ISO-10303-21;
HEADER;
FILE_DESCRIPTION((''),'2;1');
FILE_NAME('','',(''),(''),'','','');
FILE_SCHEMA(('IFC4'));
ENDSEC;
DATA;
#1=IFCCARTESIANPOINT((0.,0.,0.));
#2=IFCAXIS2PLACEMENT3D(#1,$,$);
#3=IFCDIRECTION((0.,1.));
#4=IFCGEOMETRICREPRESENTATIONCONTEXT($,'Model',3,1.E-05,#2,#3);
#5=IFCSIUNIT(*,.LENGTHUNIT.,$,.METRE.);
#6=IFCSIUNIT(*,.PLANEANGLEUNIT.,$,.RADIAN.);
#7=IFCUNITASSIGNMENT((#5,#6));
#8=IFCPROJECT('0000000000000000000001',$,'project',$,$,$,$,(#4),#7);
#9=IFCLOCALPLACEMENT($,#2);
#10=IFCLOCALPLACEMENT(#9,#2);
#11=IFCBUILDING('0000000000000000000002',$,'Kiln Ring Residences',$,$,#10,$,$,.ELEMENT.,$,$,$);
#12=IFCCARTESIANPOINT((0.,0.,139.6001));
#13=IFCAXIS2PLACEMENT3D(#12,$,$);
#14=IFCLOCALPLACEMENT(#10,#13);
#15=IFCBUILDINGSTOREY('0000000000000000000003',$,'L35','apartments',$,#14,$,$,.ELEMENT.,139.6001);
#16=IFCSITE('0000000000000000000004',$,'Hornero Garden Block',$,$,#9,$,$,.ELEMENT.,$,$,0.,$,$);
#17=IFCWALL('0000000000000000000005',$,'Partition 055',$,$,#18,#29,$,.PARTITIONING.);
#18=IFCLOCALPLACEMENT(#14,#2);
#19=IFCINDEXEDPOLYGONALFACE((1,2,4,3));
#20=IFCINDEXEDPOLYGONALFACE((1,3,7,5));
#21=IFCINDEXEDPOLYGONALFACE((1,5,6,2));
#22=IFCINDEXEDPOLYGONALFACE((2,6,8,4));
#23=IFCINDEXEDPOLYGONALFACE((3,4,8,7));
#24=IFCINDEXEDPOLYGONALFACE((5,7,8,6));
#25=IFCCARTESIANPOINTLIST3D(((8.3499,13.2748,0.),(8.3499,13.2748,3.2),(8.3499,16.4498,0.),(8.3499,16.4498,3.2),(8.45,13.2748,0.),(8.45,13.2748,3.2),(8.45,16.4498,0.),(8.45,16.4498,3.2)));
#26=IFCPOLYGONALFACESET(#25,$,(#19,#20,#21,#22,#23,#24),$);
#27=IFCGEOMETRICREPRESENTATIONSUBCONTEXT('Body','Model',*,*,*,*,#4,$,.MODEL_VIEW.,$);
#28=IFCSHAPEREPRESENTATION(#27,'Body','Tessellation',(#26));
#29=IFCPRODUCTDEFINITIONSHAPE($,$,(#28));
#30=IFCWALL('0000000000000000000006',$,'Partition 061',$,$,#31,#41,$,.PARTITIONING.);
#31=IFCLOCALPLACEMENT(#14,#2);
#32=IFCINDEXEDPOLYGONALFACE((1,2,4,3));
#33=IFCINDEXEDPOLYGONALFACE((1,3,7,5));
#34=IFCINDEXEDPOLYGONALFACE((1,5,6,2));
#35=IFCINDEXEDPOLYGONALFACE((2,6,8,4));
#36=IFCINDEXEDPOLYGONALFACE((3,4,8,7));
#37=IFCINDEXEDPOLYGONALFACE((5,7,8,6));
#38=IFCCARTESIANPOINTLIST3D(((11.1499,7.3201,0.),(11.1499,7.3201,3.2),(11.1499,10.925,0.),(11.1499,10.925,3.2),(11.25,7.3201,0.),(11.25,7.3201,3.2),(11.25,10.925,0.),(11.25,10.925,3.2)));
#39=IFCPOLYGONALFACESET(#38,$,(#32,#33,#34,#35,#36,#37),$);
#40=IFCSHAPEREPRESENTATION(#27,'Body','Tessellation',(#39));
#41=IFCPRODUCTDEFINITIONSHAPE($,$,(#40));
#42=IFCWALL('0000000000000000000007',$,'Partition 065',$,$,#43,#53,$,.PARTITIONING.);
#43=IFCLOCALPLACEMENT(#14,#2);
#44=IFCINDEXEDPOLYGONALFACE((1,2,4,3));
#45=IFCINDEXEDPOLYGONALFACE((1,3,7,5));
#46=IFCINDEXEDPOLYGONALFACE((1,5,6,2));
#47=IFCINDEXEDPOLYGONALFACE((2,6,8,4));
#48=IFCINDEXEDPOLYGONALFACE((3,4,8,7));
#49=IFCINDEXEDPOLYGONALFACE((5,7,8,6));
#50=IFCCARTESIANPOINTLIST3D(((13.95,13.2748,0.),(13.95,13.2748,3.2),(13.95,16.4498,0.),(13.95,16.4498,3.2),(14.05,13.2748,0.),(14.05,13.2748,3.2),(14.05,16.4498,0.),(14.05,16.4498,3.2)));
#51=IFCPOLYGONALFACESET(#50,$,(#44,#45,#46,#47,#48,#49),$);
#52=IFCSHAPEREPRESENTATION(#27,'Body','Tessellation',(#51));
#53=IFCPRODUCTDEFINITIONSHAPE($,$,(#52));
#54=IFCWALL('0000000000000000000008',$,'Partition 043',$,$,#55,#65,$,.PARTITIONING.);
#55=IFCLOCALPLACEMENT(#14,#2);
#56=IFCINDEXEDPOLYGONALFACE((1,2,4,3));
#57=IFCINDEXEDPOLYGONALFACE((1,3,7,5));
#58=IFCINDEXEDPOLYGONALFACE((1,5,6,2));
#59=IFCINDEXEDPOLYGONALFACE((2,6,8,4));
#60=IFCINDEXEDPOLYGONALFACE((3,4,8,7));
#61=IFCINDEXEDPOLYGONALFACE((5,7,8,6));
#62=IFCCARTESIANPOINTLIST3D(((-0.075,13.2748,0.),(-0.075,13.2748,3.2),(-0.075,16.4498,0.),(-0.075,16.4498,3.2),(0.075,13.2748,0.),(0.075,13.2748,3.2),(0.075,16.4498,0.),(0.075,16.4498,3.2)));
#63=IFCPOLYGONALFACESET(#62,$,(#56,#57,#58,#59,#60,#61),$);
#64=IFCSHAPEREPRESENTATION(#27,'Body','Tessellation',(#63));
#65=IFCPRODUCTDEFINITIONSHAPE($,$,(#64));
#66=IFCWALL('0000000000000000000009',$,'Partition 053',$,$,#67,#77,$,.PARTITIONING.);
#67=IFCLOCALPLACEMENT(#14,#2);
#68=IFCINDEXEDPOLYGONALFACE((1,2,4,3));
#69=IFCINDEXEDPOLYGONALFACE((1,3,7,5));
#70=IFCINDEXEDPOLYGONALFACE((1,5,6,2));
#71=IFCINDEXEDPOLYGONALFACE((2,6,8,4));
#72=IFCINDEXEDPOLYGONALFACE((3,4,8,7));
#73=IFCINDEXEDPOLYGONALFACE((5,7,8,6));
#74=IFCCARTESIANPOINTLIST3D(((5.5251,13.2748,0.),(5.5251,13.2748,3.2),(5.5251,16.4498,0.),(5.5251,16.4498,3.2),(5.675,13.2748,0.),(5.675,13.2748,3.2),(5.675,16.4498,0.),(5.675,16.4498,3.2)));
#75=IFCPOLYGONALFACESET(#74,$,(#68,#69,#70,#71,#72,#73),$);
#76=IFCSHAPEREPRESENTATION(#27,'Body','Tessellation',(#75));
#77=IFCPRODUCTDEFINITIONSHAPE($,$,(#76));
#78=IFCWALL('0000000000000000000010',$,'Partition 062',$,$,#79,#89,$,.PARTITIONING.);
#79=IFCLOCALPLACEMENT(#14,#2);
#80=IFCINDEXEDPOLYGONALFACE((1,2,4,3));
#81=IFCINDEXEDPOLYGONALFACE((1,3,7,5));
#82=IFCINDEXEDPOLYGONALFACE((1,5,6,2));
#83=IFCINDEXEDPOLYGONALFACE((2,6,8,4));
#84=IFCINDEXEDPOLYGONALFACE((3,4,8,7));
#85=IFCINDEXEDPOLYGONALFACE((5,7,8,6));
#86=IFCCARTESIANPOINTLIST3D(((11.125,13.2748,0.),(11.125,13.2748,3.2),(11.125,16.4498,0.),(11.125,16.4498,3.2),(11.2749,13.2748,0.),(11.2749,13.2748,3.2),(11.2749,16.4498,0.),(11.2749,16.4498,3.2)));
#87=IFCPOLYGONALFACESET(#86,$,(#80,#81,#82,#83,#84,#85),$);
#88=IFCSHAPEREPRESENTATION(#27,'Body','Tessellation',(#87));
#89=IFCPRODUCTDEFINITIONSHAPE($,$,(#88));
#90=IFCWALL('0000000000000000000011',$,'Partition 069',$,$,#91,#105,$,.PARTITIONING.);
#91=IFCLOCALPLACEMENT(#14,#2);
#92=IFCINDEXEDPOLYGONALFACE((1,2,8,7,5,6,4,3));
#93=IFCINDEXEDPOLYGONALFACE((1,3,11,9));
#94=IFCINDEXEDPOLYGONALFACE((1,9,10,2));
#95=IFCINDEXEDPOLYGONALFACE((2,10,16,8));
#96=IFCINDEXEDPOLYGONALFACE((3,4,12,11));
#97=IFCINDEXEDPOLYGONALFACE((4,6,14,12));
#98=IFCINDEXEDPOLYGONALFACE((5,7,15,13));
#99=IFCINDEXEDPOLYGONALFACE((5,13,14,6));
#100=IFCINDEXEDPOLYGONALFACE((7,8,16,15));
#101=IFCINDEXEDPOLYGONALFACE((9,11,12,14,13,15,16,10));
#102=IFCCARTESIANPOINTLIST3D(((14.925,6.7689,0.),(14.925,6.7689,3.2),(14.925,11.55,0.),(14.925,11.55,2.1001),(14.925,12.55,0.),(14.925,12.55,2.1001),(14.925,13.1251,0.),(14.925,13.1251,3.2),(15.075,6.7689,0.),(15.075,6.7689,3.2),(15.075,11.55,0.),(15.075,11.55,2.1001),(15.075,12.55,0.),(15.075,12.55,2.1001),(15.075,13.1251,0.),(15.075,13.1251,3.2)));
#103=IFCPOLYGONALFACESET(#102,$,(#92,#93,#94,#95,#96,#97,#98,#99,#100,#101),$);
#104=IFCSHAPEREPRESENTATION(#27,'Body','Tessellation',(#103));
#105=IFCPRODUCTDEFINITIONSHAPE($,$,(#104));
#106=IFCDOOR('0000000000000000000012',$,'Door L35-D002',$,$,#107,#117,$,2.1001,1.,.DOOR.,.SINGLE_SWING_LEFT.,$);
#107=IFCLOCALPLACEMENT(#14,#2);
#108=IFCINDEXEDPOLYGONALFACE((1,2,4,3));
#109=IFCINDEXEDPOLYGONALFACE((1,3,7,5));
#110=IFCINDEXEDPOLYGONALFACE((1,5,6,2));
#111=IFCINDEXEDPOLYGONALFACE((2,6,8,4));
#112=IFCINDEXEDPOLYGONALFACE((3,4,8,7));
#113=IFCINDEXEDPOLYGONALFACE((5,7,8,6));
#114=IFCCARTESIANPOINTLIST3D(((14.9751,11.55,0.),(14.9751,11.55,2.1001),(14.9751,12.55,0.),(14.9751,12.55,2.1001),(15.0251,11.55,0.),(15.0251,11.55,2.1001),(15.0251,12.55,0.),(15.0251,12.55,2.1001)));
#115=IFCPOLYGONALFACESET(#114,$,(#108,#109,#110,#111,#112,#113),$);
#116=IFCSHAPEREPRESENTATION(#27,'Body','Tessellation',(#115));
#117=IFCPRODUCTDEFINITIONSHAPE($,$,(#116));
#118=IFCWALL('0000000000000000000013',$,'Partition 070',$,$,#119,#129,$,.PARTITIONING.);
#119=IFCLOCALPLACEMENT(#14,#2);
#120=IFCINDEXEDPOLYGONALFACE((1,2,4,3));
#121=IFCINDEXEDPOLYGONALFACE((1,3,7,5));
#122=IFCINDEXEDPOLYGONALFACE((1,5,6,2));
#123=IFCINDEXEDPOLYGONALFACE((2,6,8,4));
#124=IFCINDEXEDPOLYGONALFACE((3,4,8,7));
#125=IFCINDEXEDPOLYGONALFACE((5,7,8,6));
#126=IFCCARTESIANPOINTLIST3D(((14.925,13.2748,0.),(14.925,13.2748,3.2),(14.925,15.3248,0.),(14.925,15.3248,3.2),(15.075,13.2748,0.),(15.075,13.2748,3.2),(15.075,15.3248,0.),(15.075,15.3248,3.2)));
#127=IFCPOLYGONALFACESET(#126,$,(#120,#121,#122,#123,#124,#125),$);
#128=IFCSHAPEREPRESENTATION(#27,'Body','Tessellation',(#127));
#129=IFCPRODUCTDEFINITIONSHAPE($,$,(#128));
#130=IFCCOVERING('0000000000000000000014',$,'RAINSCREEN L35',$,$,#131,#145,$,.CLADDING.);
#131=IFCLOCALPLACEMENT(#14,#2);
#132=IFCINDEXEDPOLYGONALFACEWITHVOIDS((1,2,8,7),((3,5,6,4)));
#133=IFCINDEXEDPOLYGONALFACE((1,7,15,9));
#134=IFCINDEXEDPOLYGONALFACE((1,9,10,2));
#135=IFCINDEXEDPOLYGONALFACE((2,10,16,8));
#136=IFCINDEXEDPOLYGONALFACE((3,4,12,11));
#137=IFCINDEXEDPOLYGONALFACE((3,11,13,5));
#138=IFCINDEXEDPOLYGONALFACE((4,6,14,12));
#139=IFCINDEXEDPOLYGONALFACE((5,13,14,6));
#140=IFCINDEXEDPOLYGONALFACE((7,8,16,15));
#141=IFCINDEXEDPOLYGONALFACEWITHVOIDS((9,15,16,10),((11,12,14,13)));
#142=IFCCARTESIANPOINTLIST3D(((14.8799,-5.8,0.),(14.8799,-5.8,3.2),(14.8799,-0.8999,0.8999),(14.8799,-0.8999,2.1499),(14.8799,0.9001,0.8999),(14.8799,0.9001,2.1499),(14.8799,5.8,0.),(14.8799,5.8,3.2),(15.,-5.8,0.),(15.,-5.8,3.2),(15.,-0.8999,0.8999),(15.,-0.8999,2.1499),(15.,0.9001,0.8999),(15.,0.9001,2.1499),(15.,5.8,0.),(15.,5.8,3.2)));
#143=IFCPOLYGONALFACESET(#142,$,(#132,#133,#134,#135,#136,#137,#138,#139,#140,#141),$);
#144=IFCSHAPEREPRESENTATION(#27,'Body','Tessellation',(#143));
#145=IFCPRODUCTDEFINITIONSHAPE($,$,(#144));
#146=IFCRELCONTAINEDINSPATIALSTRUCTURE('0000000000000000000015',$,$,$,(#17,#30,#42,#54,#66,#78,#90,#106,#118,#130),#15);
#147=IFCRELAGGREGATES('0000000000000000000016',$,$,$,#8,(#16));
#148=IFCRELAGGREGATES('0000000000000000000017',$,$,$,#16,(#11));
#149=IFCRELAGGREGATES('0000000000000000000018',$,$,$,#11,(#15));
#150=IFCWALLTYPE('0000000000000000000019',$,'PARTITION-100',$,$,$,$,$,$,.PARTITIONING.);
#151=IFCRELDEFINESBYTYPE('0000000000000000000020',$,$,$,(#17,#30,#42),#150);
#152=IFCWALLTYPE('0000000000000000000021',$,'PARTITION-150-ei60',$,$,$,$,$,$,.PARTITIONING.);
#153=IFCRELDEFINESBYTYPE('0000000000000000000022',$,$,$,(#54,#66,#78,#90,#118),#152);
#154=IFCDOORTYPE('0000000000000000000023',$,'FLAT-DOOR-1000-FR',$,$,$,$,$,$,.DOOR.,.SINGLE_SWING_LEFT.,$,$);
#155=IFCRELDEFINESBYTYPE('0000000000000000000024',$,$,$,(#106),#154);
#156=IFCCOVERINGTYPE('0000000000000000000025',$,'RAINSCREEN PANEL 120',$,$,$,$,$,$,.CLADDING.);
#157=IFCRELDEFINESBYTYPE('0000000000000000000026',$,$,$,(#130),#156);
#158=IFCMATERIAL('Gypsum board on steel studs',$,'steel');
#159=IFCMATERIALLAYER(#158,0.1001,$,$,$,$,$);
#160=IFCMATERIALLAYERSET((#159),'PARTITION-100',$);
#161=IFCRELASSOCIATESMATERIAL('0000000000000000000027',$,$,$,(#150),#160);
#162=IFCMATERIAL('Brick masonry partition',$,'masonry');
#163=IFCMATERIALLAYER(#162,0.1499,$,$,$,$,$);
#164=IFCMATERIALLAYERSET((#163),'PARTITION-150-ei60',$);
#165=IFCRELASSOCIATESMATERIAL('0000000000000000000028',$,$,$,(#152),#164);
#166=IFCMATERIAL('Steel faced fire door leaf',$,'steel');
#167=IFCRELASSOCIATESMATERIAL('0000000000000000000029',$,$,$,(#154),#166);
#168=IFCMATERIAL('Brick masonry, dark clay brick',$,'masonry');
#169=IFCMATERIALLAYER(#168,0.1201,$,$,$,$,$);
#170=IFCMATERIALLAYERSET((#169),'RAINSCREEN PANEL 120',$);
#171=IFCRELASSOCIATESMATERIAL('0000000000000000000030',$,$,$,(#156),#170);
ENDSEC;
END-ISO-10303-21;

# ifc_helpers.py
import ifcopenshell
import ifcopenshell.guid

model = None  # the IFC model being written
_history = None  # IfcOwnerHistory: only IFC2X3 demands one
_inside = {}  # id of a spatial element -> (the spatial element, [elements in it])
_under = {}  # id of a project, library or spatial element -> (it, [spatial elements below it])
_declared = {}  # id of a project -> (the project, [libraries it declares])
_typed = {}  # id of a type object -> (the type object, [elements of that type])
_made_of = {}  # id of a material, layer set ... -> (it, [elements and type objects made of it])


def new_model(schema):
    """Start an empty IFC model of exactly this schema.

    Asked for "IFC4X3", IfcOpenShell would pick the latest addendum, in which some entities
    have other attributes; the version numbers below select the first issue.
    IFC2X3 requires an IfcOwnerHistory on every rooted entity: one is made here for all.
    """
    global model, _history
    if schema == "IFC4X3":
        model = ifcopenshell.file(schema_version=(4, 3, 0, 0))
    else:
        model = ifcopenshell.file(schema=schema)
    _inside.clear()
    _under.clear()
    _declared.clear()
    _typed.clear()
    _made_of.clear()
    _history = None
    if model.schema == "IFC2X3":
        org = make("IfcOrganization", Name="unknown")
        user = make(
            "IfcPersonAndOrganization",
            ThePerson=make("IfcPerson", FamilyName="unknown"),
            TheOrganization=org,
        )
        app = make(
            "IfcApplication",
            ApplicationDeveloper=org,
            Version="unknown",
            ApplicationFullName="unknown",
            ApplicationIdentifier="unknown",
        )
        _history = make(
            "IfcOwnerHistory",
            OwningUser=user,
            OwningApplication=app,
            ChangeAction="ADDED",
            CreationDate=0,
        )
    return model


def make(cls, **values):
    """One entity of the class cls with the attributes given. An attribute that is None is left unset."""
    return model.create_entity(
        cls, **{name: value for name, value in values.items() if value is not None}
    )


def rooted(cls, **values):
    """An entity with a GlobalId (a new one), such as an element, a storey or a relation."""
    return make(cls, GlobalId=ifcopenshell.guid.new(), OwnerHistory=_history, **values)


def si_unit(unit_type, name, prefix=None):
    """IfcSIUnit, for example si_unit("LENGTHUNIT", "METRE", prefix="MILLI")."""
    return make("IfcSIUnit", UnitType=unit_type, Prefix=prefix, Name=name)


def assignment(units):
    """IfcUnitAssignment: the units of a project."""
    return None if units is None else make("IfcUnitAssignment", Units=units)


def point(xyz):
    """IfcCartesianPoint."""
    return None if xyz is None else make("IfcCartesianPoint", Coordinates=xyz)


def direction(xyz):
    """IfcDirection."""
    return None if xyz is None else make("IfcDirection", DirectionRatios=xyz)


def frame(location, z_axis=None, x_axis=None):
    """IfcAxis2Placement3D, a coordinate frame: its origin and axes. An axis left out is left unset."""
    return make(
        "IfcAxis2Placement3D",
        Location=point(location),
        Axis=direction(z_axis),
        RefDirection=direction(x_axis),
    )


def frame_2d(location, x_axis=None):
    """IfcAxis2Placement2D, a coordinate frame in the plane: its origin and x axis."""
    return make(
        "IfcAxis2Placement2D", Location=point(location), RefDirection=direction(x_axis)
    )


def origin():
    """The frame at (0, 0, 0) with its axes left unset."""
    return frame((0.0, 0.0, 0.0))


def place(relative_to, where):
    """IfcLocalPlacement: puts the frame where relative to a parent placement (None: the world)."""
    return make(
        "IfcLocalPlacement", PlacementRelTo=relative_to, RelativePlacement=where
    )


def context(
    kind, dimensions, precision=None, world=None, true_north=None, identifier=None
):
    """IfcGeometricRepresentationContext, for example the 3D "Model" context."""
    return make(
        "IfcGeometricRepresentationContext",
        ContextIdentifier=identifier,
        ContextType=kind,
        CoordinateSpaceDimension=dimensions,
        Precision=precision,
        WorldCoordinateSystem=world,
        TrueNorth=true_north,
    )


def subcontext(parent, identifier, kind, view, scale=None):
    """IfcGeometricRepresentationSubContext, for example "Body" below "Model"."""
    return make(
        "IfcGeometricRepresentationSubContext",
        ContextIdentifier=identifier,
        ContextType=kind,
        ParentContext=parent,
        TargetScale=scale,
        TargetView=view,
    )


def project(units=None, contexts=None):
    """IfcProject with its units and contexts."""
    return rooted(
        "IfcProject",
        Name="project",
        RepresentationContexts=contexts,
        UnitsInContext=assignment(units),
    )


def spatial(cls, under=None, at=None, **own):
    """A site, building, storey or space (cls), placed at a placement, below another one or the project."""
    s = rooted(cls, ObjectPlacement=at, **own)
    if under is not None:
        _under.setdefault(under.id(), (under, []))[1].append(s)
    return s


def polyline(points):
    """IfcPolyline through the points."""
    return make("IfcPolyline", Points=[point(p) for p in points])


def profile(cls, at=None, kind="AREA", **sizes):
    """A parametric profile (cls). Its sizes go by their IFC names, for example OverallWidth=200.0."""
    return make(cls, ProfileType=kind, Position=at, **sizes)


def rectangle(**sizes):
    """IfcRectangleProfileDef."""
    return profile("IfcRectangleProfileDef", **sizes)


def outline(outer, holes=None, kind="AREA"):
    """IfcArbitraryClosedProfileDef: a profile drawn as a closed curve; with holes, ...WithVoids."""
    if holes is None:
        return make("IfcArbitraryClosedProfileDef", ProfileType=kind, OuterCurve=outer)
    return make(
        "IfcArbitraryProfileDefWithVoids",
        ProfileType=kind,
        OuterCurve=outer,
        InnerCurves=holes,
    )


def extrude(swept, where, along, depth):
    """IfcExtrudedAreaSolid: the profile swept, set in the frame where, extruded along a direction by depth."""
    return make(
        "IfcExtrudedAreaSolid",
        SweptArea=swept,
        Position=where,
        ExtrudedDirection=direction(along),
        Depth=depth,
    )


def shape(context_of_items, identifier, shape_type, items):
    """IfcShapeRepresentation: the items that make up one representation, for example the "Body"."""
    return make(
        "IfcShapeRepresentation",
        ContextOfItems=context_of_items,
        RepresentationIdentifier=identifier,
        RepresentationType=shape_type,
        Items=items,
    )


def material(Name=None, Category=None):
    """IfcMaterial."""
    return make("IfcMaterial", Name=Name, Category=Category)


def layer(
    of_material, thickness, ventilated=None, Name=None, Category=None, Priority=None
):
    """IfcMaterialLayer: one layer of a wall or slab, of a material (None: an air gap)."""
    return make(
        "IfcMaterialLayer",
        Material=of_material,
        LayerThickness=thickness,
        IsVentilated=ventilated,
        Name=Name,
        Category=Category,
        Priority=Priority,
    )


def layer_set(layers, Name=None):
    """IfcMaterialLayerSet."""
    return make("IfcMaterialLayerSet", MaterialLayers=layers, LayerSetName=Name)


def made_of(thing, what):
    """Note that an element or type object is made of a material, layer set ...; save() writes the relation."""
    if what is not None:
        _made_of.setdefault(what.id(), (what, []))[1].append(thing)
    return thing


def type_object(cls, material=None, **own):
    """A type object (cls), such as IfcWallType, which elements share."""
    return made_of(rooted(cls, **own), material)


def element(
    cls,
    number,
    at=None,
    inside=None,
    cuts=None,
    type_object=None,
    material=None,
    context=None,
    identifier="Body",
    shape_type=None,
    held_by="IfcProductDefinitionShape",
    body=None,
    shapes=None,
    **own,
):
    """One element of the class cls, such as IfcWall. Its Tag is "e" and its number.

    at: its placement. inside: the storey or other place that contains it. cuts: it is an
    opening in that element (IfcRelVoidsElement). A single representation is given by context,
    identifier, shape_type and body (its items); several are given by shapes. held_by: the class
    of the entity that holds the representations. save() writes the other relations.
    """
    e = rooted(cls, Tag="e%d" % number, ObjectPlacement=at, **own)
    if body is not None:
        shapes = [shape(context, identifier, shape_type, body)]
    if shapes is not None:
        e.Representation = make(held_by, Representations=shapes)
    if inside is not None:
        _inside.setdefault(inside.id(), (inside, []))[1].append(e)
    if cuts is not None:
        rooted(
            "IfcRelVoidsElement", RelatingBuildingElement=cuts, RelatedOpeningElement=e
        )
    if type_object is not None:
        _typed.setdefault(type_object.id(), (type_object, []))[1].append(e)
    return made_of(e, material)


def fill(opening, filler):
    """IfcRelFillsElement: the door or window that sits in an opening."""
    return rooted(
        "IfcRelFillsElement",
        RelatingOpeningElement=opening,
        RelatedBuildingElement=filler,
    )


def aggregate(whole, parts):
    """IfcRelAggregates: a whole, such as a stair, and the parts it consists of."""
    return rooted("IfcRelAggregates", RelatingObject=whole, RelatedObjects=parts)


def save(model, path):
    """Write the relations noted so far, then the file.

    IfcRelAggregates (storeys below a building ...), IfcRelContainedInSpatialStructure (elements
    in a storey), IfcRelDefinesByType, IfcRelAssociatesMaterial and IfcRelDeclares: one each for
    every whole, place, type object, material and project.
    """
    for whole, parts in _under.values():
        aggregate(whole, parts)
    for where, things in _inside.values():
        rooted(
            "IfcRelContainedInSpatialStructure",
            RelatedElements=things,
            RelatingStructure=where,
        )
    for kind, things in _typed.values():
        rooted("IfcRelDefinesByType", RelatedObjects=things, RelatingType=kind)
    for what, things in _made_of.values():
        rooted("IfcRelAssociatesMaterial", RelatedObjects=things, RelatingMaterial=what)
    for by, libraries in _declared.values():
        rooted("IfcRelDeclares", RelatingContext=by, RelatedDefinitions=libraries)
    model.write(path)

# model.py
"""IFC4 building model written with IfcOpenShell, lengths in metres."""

from ifc_helpers import new_model, si_unit, direction, frame, frame_2d, origin, place, context, subcontext, project, spatial, polyline, rectangle, outline, extrude, material, layer, layer_set, type_object, element, fill, save


model = new_model("IFC4")

# Units and contexts
model_context = context("Model", 3, precision=1e-05, world=origin(), true_north=direction((0.0, 1.0)))
body_context = subcontext(model_context, "Body", "Model", "MODEL_VIEW")
ifc_project = project(units=[si_unit("LENGTHUNIT", "METRE"), si_unit("PLANEANGLEUNIT", "RADIAN")], contexts=[model_context])

# Site, building, storey
site_placement = place(None, origin())
site = spatial("IfcSite", under=ifc_project, at=site_placement, Name="Hornero Garden Block", CompositionType="ELEMENT", RefElevation=0.0)
building_placement = place(site_placement, origin())
building = spatial("IfcBuilding", under=site, at=building_placement, Name="Kiln Ring Residences", CompositionType="ELEMENT")
storey_placement = place(building_placement, frame((0.0, 0.0, 139.6001)))
storey = spatial("IfcBuildingStorey", under=building, at=storey_placement, Name="L35", Description="apartments", CompositionType="ELEMENT", Elevation=139.6001)

# Walls
ifc_material_1 = material(Name="Gypsum board on steel studs", Category="steel")
ifc_layer_1 = layer(ifc_material_1, 0.1001)
ifc_layer_set_1 = layer_set([ifc_layer_1], Name="PARTITION-100")
wall_type_1 = type_object("IfcWallType", Name="PARTITION-100", PredefinedType="PARTITIONING", material=ifc_layer_set_1)
wall_1_placement = place(storey_placement, frame((8.3999, 13.2749, 0.0), z_axis=(0.0, 0.0, 1.0), x_axis=(0.0, 1.0, 0.0)))
element("IfcWall", 1, at=wall_1_placement, inside=storey, type_object=wall_type_1, Name="Partition 055", PredefinedType="PARTITIONING", context=body_context, shape_type="SweptSolid", body=[
    extrude(rectangle(XDim=3.175, YDim=0.1001, at=frame_2d((1.5874, 0.0))), origin(), (0.0, 0.0, 1.0), 3.2),
])
wall_2_placement = place(storey_placement, frame((11.2, 7.3201, 0.0), z_axis=(0.0, 0.0, 1.0), x_axis=(0.0, 1.0, 0.0)))
element("IfcWall", 2, at=wall_2_placement, inside=storey, type_object=wall_type_1, Name="Partition 061", PredefinedType="PARTITIONING", context=body_context, shape_type="SweptSolid", body=[
    extrude(rectangle(XDim=3.605, YDim=0.1001, at=frame_2d((1.8025, 0.0))), origin(), (0.0, 0.0, 1.0), 3.2),
])
wall_3_placement = place(storey_placement, frame((14.0, 13.2749, 0.0), z_axis=(0.0, 0.0, 1.0), x_axis=(0.0, 1.0, 0.0)))
element("IfcWall", 3, at=wall_3_placement, inside=storey, type_object=wall_type_1, Name="Partition 065", PredefinedType="PARTITIONING", context=body_context, shape_type="SweptSolid", body=[
    extrude(rectangle(XDim=3.175, YDim=0.1001, at=frame_2d((1.5874, 0.0))), origin(), (0.0, 0.0, 1.0), 3.2),
])
ifc_material_2 = material(Name="Brick masonry partition", Category="masonry")
ifc_layer_2 = layer(ifc_material_2, 0.1499)
ifc_layer_set_2 = layer_set([ifc_layer_2], Name="PARTITION-150-ei60")
wall_type_2 = type_object("IfcWallType", Name="PARTITION-150-ei60", PredefinedType="PARTITIONING", material=ifc_layer_set_2)
for number, where, z_axis, x_axis, name in (
    (4, (0.0, 13.2749, 0.0), (0.0, 0.0, 1.0), (0.0, 1.0, 0.0), "Partition 043"),
    (5, (5.6001, 13.2749, 0.0), (0.0, 0.0, 1.0), (0.0, 1.0, 0.0), "Partition 053"),
    (6, (11.2, 13.2749, 0.0), (0.0, 0.0, 1.0), (0.0, 1.0, 0.0), "Partition 062"),
):
    element("IfcWall", number, at=place(storey_placement, frame(where, z_axis=z_axis, x_axis=x_axis)), inside=storey, type_object=wall_type_2, Name=name, PredefinedType="PARTITIONING", context=body_context, shape_type="SweptSolid", body=[
        extrude(rectangle(XDim=3.175, YDim=0.1499, at=frame_2d((1.5874, 0.0))), origin(), (0.0, 0.0, 1.0), 3.2),
    ])

# Wall, opening, door
wall_4_placement = place(storey_placement, frame((15.0, 6.7688, 0.0), z_axis=(0.0, 0.0, 1.0), x_axis=(0.0, 1.0, 0.0)))
wall_4 = element("IfcWall", 7, at=wall_4_placement, inside=storey, type_object=wall_type_2, Name="Partition 069", PredefinedType="PARTITIONING", context=body_context, shape_type="SweptSolid", body=[
    extrude(rectangle(XDim=6.3562, YDim=0.1499, at=frame_2d((3.1782, 0.0))), origin(), (0.0, 0.0, 1.0), 3.2),
])
opening_1_placement = place(wall_4_placement, frame((4.7812, 0.0, 0.0)))
opening_1 = element("IfcOpeningElement", 8, at=opening_1_placement, cuts=wall_4, PredefinedType="OPENING", context=body_context, shape_type="SweptSolid", body=[
    extrude(rectangle(XDim=1.0, YDim=2.1001, at=frame_2d((0.5, 1.05))), frame((0.0, 0.085, 0.0), z_axis=(0.0, -1.0, 0.0), x_axis=(1.0, 0.0, 0.0)), (0.0, 0.0, 1.0), 0.1699),
])
ifc_material_3 = material(Name="Steel faced fire door leaf", Category="steel")
door_type_1 = type_object("IfcDoorType", Name="FLAT-DOOR-1000-FR", OperationType="SINGLE_SWING_LEFT", PredefinedType="DOOR", material=ifc_material_3)
door_1_placement = place(opening_1_placement, origin())
door_1 = element("IfcDoor", 9, at=door_1_placement, inside=storey, type_object=door_type_1, Name="Door L35-D002", OperationType="SINGLE_SWING_LEFT", OverallHeight=2.1001, OverallWidth=1.0, PredefinedType="DOOR", context=body_context, shape_type="SweptSolid", body=[
    extrude(rectangle(XDim=1.0, YDim=2.1001, at=frame_2d((0.5, 1.05))), frame((0.0, 0.0249, 0.0), z_axis=(0.0, -1.0, 0.0), x_axis=(1.0, 0.0, 0.0)), (0.0, 0.0, 1.0), 0.05),
])
fill(opening_1, door_1)

# Wall
wall_5_placement = place(storey_placement, frame((15.0, 13.2749, 0.0), z_axis=(0.0, 0.0, 1.0), x_axis=(0.0, 1.0, 0.0)))
element("IfcWall", 10, at=wall_5_placement, inside=storey, type_object=wall_type_2, Name="Partition 070", PredefinedType="PARTITIONING", context=body_context, shape_type="SweptSolid", body=[
    extrude(rectangle(XDim=2.05, YDim=0.1499, at=frame_2d((1.0249, 0.0))), origin(), (0.0, 0.0, 1.0), 3.2),
])

# Covering
ifc_material_4 = material(Name="Brick masonry, dark clay brick", Category="masonry")
ifc_layer_3 = layer(ifc_material_4, 0.1201)
ifc_layer_set_3 = layer_set([ifc_layer_3], Name="RAINSCREEN PANEL 120")
covering_type = type_object("IfcCoveringType", Name="RAINSCREEN PANEL 120", PredefinedType="CLADDING", material=ifc_layer_set_3)
covering_placement = place(storey_placement, frame((14.9399, 5.8, 0.0), z_axis=(0.0, 0.0, 1.0), x_axis=(0.0, -1.0, 0.0)))
element("IfcCovering", 11, at=covering_placement, inside=storey, type_object=covering_type, Name="RAINSCREEN L35", PredefinedType="CLADDING", context=body_context, shape_type="SweptSolid", body=[
    extrude(outline(polyline([(0.0, 0.0), (11.6001, 0.0), (11.6001, 3.2), (0.0, 3.2), (0.0, 0.0)]), holes=[polyline([(4.8999, 2.1499), (4.8999, 0.8999), (6.7, 0.8999), (6.7, 2.1499), (4.8999, 2.1499)])]), frame((0.0, 0.0601, 0.0), z_axis=(0.0, -1.0, 0.0), x_axis=(1.0, 0.0, 0.0)), (0.0, 0.0, 1.0), 0.1201),
])

save(model, "model.ifc")
